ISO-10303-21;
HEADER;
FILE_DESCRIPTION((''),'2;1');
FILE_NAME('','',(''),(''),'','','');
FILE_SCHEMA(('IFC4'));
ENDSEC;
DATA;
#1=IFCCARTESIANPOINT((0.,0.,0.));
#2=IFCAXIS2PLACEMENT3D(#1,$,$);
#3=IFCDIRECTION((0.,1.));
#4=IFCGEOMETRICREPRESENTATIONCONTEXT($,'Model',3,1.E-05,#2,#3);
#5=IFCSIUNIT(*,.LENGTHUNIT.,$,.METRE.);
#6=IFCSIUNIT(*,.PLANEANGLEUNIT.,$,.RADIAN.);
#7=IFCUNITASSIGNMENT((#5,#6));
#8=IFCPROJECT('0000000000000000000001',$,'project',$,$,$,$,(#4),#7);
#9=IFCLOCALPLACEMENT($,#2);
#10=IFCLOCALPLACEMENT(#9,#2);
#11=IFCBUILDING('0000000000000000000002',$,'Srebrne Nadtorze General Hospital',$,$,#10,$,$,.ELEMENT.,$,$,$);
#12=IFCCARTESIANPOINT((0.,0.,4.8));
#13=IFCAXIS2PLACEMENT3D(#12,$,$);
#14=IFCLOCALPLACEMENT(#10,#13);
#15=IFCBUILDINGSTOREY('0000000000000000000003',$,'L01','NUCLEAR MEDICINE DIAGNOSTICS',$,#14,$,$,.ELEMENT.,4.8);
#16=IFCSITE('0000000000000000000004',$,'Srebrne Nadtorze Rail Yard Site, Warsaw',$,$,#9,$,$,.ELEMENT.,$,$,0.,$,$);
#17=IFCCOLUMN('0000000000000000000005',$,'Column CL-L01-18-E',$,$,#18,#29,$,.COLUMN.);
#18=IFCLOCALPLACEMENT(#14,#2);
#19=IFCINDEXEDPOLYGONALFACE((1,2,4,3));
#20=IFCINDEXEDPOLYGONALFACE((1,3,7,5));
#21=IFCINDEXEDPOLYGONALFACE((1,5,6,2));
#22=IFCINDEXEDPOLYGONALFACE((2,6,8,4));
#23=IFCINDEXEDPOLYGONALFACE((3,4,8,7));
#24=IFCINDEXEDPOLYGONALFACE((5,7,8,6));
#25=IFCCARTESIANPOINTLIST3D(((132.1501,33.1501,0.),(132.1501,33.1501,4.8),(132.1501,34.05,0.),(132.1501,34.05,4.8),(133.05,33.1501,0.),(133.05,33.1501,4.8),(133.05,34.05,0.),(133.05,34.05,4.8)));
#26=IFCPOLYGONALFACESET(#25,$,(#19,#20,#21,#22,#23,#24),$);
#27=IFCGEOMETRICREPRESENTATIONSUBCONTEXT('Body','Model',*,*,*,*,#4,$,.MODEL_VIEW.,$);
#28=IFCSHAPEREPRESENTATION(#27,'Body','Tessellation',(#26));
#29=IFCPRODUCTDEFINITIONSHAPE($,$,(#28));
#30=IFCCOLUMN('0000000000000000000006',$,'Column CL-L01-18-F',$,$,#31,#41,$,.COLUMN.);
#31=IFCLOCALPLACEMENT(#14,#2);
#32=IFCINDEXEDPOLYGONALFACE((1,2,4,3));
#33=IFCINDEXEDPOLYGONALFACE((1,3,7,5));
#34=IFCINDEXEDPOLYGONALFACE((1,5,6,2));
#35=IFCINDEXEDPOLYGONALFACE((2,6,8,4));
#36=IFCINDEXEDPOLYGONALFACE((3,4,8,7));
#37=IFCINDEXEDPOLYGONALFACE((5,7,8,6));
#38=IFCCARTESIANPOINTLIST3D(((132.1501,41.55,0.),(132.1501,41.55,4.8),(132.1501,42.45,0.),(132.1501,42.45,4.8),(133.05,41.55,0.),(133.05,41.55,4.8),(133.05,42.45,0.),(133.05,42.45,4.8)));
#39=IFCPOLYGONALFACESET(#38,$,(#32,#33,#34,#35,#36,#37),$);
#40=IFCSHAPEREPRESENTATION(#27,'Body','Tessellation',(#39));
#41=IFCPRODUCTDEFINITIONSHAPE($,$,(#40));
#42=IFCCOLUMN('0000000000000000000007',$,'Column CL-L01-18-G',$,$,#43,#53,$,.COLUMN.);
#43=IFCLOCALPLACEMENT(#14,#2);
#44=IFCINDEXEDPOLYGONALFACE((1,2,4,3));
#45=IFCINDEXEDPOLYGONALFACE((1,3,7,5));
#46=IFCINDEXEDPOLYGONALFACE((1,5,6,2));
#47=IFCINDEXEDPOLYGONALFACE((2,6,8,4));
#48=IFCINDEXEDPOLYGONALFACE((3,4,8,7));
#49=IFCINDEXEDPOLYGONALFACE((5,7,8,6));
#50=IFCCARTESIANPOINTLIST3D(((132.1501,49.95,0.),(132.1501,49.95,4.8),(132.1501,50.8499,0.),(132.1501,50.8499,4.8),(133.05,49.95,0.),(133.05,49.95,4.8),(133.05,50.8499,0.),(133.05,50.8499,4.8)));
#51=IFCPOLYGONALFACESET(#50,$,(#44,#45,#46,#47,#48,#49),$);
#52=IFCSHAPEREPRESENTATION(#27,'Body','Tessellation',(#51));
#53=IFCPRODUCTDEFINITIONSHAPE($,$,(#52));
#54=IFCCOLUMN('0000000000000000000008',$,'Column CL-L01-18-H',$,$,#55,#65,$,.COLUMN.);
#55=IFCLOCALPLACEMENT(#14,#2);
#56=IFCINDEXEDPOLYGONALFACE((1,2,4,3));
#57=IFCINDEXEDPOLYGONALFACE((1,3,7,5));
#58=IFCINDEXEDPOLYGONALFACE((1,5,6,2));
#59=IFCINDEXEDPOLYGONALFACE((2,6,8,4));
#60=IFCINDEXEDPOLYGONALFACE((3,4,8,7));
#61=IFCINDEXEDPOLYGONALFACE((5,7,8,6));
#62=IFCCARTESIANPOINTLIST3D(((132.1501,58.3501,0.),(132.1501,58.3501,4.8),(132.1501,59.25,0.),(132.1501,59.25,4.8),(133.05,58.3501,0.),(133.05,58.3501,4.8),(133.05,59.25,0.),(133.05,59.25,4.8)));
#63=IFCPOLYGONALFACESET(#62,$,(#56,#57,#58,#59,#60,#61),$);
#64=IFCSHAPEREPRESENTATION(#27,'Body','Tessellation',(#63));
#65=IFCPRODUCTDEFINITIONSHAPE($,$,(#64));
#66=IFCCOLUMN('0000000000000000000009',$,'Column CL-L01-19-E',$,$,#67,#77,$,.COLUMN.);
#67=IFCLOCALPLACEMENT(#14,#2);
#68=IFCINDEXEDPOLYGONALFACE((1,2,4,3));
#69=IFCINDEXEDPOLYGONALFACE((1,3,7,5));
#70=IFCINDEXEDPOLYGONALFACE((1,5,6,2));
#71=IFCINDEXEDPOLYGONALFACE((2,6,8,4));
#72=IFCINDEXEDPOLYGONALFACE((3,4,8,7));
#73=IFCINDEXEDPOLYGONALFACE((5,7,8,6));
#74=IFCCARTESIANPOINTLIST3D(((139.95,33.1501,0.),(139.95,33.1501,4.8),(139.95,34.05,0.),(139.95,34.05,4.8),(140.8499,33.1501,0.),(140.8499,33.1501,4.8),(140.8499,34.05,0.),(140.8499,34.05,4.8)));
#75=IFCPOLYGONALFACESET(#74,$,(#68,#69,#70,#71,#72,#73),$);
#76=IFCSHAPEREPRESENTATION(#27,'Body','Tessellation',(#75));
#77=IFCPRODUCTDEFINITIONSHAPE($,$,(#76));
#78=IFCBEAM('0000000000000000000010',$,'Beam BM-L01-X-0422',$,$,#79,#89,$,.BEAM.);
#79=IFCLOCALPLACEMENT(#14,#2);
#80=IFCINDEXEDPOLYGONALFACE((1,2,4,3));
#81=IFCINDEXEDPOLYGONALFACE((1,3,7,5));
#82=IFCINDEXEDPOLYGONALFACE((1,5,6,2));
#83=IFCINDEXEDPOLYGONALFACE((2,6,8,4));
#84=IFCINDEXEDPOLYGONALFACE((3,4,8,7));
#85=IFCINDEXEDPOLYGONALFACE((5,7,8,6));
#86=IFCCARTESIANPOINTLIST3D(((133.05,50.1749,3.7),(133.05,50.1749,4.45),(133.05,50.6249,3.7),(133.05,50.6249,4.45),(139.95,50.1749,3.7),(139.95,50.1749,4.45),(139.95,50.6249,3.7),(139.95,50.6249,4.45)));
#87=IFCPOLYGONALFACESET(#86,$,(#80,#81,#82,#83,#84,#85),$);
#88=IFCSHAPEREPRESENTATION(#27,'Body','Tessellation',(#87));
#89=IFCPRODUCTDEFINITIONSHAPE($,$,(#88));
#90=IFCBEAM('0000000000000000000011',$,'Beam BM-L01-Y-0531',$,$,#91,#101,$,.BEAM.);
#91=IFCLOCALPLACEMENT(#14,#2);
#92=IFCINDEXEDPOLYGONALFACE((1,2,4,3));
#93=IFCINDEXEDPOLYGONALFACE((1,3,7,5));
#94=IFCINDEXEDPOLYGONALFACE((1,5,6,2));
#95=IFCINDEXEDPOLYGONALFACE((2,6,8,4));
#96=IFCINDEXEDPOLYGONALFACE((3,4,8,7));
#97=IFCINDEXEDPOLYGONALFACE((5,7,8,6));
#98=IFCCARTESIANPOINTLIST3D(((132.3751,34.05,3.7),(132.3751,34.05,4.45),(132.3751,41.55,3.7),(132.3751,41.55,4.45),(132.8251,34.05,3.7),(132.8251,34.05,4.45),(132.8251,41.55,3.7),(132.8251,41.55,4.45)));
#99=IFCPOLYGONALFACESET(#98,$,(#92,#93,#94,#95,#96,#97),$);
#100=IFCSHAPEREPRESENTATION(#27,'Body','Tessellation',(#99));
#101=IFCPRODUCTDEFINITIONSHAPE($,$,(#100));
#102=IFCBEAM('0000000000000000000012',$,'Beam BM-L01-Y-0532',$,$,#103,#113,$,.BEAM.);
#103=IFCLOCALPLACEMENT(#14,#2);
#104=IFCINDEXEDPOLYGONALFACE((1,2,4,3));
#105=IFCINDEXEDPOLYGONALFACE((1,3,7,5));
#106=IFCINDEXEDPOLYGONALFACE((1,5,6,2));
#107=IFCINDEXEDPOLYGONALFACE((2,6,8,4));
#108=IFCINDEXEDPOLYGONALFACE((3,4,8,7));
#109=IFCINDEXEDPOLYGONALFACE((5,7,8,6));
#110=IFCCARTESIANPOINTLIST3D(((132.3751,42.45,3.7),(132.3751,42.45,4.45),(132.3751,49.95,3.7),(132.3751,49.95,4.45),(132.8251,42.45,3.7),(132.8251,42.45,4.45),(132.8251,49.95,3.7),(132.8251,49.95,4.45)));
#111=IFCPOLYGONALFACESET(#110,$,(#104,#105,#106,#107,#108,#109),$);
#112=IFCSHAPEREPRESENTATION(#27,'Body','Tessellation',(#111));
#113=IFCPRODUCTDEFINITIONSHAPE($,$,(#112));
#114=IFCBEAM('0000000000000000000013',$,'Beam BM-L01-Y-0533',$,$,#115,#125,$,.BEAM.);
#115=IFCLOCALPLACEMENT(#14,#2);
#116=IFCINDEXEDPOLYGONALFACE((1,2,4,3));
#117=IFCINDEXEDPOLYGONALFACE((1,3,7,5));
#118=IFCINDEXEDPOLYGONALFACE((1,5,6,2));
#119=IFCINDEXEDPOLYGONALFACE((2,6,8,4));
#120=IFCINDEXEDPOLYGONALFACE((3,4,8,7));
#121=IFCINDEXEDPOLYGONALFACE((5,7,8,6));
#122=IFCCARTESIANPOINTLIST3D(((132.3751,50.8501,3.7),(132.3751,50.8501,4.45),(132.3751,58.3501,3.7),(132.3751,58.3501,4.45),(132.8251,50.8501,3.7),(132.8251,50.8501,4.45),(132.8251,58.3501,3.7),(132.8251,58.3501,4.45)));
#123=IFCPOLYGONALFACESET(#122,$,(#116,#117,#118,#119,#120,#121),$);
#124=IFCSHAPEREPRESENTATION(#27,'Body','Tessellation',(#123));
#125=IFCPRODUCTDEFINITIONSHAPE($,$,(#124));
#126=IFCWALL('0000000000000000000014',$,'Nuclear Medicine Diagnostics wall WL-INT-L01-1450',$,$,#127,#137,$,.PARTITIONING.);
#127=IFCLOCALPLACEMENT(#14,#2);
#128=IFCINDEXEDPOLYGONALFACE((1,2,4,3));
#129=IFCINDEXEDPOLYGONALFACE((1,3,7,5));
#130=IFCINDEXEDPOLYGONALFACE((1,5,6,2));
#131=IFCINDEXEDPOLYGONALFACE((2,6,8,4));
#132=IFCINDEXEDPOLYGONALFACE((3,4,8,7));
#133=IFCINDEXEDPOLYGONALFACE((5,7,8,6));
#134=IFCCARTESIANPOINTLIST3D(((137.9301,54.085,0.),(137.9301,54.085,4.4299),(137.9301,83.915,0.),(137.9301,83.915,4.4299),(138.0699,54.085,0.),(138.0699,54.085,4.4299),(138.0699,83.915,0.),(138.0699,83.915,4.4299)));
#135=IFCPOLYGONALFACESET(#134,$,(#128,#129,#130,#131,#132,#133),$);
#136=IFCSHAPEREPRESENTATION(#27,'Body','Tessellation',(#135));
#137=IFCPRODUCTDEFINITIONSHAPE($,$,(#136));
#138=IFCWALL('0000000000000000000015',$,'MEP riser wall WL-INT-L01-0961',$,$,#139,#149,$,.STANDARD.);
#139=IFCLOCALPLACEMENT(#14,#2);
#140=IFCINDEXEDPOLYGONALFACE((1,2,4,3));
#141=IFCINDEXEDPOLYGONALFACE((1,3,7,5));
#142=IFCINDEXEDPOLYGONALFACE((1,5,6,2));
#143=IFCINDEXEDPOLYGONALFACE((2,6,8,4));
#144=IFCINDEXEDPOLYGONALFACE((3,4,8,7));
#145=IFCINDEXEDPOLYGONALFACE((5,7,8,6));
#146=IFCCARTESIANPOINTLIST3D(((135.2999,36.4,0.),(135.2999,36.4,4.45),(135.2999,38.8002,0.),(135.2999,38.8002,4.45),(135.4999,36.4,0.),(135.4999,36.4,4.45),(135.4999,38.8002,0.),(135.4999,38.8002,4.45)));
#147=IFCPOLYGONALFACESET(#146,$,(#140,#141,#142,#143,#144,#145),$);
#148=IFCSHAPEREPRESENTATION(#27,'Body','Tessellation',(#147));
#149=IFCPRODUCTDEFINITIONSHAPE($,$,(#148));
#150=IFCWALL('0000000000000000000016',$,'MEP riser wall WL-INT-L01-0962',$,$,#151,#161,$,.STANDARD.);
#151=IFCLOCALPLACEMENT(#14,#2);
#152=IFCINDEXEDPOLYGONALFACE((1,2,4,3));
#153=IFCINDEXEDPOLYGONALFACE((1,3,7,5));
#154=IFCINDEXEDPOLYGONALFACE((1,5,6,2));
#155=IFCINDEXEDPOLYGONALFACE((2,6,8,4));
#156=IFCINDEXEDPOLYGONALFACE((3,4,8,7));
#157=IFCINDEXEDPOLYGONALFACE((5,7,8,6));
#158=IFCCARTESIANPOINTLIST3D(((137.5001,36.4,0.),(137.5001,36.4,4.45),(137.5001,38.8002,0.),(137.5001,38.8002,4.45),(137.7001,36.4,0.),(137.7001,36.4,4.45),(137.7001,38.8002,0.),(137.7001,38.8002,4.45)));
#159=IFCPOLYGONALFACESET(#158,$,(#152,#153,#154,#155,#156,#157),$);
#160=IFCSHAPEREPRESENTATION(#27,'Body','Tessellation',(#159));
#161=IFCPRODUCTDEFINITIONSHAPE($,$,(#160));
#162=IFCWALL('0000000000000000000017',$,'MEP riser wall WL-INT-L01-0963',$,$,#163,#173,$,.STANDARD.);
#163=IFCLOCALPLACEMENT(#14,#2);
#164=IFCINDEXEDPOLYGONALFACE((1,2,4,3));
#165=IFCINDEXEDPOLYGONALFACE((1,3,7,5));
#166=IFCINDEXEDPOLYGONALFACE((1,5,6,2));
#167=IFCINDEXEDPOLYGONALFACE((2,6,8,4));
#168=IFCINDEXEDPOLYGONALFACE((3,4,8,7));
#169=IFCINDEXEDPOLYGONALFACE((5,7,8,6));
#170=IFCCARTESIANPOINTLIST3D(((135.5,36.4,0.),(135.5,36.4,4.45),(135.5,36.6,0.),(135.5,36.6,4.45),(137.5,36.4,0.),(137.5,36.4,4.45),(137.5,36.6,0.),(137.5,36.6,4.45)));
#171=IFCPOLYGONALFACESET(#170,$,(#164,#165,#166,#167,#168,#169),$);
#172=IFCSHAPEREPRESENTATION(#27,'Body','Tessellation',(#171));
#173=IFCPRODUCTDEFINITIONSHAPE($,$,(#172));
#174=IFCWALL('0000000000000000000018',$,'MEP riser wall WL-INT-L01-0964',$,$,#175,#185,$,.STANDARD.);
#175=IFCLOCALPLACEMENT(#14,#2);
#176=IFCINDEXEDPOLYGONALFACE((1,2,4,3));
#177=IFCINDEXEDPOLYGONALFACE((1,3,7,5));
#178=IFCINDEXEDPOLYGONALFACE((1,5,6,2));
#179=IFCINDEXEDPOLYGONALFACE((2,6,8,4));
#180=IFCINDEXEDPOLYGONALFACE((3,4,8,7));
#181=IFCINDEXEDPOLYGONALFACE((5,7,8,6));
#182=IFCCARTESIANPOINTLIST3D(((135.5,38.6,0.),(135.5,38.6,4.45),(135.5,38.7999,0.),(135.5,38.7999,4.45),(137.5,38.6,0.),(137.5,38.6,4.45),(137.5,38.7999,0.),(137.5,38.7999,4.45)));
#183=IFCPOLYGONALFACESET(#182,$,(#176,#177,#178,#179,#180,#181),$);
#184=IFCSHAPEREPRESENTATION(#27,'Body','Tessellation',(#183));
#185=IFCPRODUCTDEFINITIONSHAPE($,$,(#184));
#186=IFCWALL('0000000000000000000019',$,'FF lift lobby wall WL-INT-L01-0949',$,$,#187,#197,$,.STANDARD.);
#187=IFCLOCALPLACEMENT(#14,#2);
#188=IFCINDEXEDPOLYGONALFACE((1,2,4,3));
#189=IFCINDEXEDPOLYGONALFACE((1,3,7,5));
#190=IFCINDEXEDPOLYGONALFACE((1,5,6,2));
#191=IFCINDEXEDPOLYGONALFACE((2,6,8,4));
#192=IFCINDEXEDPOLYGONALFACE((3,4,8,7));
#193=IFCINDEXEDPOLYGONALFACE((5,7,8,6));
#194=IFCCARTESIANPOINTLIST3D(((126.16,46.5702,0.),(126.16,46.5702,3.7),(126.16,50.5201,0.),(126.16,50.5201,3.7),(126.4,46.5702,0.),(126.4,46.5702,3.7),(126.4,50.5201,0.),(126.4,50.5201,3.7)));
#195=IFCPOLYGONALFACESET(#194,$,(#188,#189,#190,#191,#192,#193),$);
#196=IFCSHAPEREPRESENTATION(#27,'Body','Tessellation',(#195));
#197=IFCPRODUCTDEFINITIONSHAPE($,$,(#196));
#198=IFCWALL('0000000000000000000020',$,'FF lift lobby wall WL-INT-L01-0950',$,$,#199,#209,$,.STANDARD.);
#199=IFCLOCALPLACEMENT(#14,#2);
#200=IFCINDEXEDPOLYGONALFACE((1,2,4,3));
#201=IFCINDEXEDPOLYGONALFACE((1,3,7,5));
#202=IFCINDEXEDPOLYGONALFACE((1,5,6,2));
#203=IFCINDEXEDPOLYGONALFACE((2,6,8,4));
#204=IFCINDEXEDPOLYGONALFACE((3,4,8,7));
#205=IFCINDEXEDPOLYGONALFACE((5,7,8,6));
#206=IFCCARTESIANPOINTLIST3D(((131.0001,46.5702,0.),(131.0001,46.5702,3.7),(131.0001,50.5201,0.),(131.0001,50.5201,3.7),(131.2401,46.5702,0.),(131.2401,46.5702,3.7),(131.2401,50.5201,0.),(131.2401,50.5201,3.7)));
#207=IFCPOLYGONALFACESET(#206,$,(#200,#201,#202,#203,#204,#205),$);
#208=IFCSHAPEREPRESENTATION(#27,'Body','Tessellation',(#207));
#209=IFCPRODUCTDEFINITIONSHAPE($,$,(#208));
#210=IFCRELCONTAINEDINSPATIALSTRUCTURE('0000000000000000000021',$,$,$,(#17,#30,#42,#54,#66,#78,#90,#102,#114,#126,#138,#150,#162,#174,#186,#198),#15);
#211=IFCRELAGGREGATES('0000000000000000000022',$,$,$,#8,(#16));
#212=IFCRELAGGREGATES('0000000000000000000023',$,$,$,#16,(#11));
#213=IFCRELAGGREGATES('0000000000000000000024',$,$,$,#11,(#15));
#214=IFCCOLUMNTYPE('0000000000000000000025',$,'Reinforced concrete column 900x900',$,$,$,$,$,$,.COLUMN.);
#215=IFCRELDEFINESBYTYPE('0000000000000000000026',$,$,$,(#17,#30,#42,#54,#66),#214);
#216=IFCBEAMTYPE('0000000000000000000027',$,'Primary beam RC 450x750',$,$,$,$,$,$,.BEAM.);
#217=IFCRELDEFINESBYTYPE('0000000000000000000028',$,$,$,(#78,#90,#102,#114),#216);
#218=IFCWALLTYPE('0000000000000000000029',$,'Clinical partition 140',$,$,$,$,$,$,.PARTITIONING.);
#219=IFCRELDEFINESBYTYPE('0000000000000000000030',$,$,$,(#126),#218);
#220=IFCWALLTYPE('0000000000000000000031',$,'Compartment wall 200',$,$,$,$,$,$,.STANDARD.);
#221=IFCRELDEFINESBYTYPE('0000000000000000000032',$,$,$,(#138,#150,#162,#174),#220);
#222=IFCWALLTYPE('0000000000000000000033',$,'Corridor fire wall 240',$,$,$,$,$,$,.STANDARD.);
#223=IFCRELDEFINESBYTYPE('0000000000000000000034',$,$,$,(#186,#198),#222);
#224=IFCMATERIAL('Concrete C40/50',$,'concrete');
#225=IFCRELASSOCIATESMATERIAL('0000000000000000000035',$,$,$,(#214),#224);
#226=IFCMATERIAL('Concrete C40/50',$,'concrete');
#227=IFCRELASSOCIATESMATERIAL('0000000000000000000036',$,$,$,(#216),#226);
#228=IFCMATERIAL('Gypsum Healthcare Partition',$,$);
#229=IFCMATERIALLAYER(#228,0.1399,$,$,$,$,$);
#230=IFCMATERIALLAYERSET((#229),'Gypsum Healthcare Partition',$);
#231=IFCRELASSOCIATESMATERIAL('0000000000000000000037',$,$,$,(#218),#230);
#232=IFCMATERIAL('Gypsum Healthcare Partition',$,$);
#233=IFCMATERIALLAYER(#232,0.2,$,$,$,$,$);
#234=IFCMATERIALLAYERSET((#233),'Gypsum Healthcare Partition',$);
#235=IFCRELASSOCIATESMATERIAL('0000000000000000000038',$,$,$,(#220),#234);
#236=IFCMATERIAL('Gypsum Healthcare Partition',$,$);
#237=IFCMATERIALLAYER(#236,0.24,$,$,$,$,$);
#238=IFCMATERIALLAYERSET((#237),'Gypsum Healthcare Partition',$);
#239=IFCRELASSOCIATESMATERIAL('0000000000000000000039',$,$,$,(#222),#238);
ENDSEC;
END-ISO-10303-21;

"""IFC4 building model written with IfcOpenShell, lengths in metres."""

from ifc_helpers import new_model, si_unit, direction, frame, frame_2d, origin, origin_2d, place, context, subcontext, project, spatial, rectangle, extrude, material, layer, layer_set, material_profile, profile_set, type_object, element, save


model = new_model("IFC4")

# Units and contexts
model_context = context("Model", 3, precision=1e-05, world=origin(), true_north=direction((0.0, 1.0)))
body_context = subcontext(model_context, "Body", "Model", "MODEL_VIEW")
ifc_project = project(units=[si_unit("LENGTHUNIT", "METRE"), si_unit("PLANEANGLEUNIT", "RADIAN")], contexts=[model_context])

# Site, building, storey
site_placement = place(None, origin())
site = spatial("IfcSite", under=ifc_project, at=site_placement, Name="Srebrne Nadtorze Rail Yard Site, Warsaw", CompositionType="ELEMENT", RefElevation=0.0)
building_placement = place(site_placement, origin())
building = spatial("IfcBuilding", under=site, at=building_placement, Name="Srebrne Nadtorze General Hospital", CompositionType="ELEMENT")
storey_placement = place(building_placement, frame((0.0, 0.0, 4.8)))
storey = spatial("IfcBuildingStorey", under=building, at=storey_placement, Name="L01", Description="NUCLEAR MEDICINE DIAGNOSTICS", CompositionType="ELEMENT", Elevation=4.8)

# Columns
ifc_material_1 = material(Name="Concrete C40/50", Category="concrete")
ifc_material_profile_1 = material_profile(ifc_material_1, rectangle(XDim=0.8999, YDim=0.8999, at=origin_2d()), Name="RC-COL-900x900")
ifc_profile_set_1 = profile_set([ifc_material_profile_1], Name="Concrete C40/50")
column_type = type_object("IfcColumnType", Name="Reinforced concrete column 900x900", PredefinedType="COLUMN", material=ifc_profile_set_1)
for number, where, z_axis, x_axis, name in (
    (1, (132.6001, 33.6001, 0.0), (0.0, 0.0, 1.0), (1.0, 0.0, 0.0), "Column CL-L01-18-E"),
    (2, (132.6001, 42.0, 0.0), (0.0, 0.0, 1.0), (1.0, 0.0, 0.0), "Column CL-L01-18-F"),
    (3, (132.6001, 50.3999, 0.0), (0.0, 0.0, 1.0), (1.0, 0.0, 0.0), "Column CL-L01-18-G"),
    (4, (132.6001, 58.8, 0.0), (0.0, 0.0, 1.0), (1.0, 0.0, 0.0), "Column CL-L01-18-H"),
    (5, (140.3999, 33.6001, 0.0), (0.0, 0.0, 1.0), (1.0, 0.0, 0.0), "Column CL-L01-19-E"),
):
    element("IfcColumn", number, at=place(storey_placement, frame(where, z_axis=z_axis, x_axis=x_axis)), inside=storey, type_object=column_type, Name=name, PredefinedType="COLUMN", context=body_context, shape_type="SweptSolid", body=[
        extrude(rectangle(XDim=0.8999, YDim=0.8999, at=origin_2d()), origin(), (0.0, 0.0, 1.0), 4.8),
    ])

# Beams
ifc_material_2 = material(Name="Concrete C40/50", Category="concrete")
ifc_material_profile_2 = material_profile(ifc_material_2, rectangle(XDim=0.45, YDim=0.75, at=origin_2d()), Name="RC-BM-450x750")
ifc_profile_set_2 = profile_set([ifc_material_profile_2], Name="Concrete C40/50")
beam_type = type_object("IfcBeamType", Name="Primary beam RC 450x750", PredefinedType="BEAM", material=ifc_profile_set_2)
beam_placement = place(storey_placement, frame((133.05, 50.3999, 4.075), z_axis=(1.0, 0.0, 0.0), x_axis=(0.0, 1.0, 0.0)))
element("IfcBeam", 6, at=beam_placement, inside=storey, type_object=beam_type, Name="Beam BM-L01-X-0422", PredefinedType="BEAM", context=body_context, shape_type="SweptSolid", body=[
    extrude(rectangle(XDim=0.45, YDim=0.75, at=origin_2d()), origin(), (0.0, 0.0, 1.0), 6.8999),
])
for number, where, z_axis, x_axis, name in (
    (7, (132.6001, 34.05, 4.075), (0.0, 1.0, 0.0), (-1.0, 0.0, 0.0), "Beam BM-L01-Y-0531"),
    (8, (132.6001, 42.45, 4.075), (0.0, 1.0, 0.0), (-1.0, 0.0, 0.0), "Beam BM-L01-Y-0532"),
    (9, (132.6001, 50.8501, 4.075), (0.0, 1.0, 0.0), (-1.0, 0.0, 0.0), "Beam BM-L01-Y-0533"),
):
    element("IfcBeam", number, at=place(storey_placement, frame(where, z_axis=z_axis, x_axis=x_axis)), inside=storey, type_object=beam_type, Name=name, PredefinedType="BEAM", context=body_context, shape_type="SweptSolid", body=[
        extrude(rectangle(XDim=0.45, YDim=0.75, at=origin_2d()), origin(), (0.0, 0.0, 1.0), 7.5),
    ])

# Walls
ifc_material_3 = material(Name="Gypsum Healthcare Partition")
ifc_layer_1 = layer(ifc_material_3, 0.1399)
ifc_layer_set_1 = layer_set([ifc_layer_1], Name="Gypsum Healthcare Partition")
wall_type_1 = type_object("IfcWallType", Name="Clinical partition 140", PredefinedType="PARTITIONING", material=ifc_layer_set_1)
wall_1_placement = place(storey_placement, frame((138.0, 54.085, 0.0), z_axis=(0.0, 0.0, 1.0), x_axis=(0.0, 1.0, 0.0)))
element("IfcWall", 10, at=wall_1_placement, inside=storey, type_object=wall_type_1, Name="Nuclear Medicine Diagnostics wall WL-INT-L01-1450", PredefinedType="PARTITIONING", context=body_context, shape_type="SweptSolid", body=[
    extrude(rectangle(XDim=29.8301, YDim=0.1399, at=frame_2d((14.915, 0.0))), origin(), (0.0, 0.0, 1.0), 4.4299),
])
ifc_material_4 = material(Name="Gypsum Healthcare Partition")
ifc_layer_2 = layer(ifc_material_4, 0.2)
ifc_layer_set_2 = layer_set([ifc_layer_2], Name="Gypsum Healthcare Partition")
wall_type_2 = type_object("IfcWallType", Name="Compartment wall 200", PredefinedType="STANDARD", material=ifc_layer_set_2)
for number, where, z_axis, x_axis, name in (
    (11, (135.3999, 36.3999, 0.0), (0.0, 0.0, 1.0), (0.0, 1.0, 0.0), "MEP riser wall WL-INT-L01-0961"),
    (12, (137.6001, 36.3999, 0.0), (0.0, 0.0, 1.0), (0.0, 1.0, 0.0), "MEP riser wall WL-INT-L01-0962"),
):
    element("IfcWall", number, at=place(storey_placement, frame(where, z_axis=z_axis, x_axis=x_axis)), inside=storey, type_object=wall_type_2, Name=name, PredefinedType="STANDARD", context=body_context, shape_type="SweptSolid", body=[
        extrude(rectangle(XDim=2.4001, YDim=0.2, at=frame_2d((1.2002, 0.0))), origin(), (0.0, 0.0, 1.0), 4.45),
    ])
for number, where, z_axis, x_axis, name in (
    (13, (135.5, 36.5, 0.0), (0.0, 0.0, 1.0), (1.0, 0.0, 0.0), "MEP riser wall WL-INT-L01-0963"),
    (14, (135.5, 38.7, 0.0), (0.0, 0.0, 1.0), (1.0, 0.0, 0.0), "MEP riser wall WL-INT-L01-0964"),
):
    element("IfcWall", number, at=place(storey_placement, frame(where, z_axis=z_axis, x_axis=x_axis)), inside=storey, type_object=wall_type_2, Name=name, PredefinedType="STANDARD", context=body_context, shape_type="SweptSolid", body=[
        extrude(rectangle(XDim=2.0, YDim=0.2, at=frame_2d((1.0, 0.0))), origin(), (0.0, 0.0, 1.0), 4.45),
    ])
ifc_material_5 = material(Name="Gypsum Healthcare Partition")
ifc_layer_3 = layer(ifc_material_5, 0.24)
ifc_layer_set_3 = layer_set([ifc_layer_3], Name="Gypsum Healthcare Partition")
wall_type_3 = type_object("IfcWallType", Name="Corridor fire wall 240", PredefinedType="STANDARD", material=ifc_layer_set_3)
for number, where, z_axis, x_axis, name in (
    (15, (126.28, 46.5701, 0.0), (0.0, 0.0, 1.0), (0.0, 1.0, 0.0), "FF lift lobby wall WL-INT-L01-0949"),
    (16, (131.1201, 46.5701, 0.0), (0.0, 0.0, 1.0), (0.0, 1.0, 0.0), "FF lift lobby wall WL-INT-L01-0950"),
):
    element("IfcWall", number, at=place(storey_placement, frame(where, z_axis=z_axis, x_axis=x_axis)), inside=storey, type_object=wall_type_3, Name=name, PredefinedType="STANDARD", context=body_context, shape_type="SweptSolid", body=[
        extrude(rectangle(XDim=3.95, YDim=0.24, at=frame_2d((1.9751, 0.0))), origin(), (0.0, 0.0, 1.0), 3.7),
    ])

save(model, "model.ifc")
